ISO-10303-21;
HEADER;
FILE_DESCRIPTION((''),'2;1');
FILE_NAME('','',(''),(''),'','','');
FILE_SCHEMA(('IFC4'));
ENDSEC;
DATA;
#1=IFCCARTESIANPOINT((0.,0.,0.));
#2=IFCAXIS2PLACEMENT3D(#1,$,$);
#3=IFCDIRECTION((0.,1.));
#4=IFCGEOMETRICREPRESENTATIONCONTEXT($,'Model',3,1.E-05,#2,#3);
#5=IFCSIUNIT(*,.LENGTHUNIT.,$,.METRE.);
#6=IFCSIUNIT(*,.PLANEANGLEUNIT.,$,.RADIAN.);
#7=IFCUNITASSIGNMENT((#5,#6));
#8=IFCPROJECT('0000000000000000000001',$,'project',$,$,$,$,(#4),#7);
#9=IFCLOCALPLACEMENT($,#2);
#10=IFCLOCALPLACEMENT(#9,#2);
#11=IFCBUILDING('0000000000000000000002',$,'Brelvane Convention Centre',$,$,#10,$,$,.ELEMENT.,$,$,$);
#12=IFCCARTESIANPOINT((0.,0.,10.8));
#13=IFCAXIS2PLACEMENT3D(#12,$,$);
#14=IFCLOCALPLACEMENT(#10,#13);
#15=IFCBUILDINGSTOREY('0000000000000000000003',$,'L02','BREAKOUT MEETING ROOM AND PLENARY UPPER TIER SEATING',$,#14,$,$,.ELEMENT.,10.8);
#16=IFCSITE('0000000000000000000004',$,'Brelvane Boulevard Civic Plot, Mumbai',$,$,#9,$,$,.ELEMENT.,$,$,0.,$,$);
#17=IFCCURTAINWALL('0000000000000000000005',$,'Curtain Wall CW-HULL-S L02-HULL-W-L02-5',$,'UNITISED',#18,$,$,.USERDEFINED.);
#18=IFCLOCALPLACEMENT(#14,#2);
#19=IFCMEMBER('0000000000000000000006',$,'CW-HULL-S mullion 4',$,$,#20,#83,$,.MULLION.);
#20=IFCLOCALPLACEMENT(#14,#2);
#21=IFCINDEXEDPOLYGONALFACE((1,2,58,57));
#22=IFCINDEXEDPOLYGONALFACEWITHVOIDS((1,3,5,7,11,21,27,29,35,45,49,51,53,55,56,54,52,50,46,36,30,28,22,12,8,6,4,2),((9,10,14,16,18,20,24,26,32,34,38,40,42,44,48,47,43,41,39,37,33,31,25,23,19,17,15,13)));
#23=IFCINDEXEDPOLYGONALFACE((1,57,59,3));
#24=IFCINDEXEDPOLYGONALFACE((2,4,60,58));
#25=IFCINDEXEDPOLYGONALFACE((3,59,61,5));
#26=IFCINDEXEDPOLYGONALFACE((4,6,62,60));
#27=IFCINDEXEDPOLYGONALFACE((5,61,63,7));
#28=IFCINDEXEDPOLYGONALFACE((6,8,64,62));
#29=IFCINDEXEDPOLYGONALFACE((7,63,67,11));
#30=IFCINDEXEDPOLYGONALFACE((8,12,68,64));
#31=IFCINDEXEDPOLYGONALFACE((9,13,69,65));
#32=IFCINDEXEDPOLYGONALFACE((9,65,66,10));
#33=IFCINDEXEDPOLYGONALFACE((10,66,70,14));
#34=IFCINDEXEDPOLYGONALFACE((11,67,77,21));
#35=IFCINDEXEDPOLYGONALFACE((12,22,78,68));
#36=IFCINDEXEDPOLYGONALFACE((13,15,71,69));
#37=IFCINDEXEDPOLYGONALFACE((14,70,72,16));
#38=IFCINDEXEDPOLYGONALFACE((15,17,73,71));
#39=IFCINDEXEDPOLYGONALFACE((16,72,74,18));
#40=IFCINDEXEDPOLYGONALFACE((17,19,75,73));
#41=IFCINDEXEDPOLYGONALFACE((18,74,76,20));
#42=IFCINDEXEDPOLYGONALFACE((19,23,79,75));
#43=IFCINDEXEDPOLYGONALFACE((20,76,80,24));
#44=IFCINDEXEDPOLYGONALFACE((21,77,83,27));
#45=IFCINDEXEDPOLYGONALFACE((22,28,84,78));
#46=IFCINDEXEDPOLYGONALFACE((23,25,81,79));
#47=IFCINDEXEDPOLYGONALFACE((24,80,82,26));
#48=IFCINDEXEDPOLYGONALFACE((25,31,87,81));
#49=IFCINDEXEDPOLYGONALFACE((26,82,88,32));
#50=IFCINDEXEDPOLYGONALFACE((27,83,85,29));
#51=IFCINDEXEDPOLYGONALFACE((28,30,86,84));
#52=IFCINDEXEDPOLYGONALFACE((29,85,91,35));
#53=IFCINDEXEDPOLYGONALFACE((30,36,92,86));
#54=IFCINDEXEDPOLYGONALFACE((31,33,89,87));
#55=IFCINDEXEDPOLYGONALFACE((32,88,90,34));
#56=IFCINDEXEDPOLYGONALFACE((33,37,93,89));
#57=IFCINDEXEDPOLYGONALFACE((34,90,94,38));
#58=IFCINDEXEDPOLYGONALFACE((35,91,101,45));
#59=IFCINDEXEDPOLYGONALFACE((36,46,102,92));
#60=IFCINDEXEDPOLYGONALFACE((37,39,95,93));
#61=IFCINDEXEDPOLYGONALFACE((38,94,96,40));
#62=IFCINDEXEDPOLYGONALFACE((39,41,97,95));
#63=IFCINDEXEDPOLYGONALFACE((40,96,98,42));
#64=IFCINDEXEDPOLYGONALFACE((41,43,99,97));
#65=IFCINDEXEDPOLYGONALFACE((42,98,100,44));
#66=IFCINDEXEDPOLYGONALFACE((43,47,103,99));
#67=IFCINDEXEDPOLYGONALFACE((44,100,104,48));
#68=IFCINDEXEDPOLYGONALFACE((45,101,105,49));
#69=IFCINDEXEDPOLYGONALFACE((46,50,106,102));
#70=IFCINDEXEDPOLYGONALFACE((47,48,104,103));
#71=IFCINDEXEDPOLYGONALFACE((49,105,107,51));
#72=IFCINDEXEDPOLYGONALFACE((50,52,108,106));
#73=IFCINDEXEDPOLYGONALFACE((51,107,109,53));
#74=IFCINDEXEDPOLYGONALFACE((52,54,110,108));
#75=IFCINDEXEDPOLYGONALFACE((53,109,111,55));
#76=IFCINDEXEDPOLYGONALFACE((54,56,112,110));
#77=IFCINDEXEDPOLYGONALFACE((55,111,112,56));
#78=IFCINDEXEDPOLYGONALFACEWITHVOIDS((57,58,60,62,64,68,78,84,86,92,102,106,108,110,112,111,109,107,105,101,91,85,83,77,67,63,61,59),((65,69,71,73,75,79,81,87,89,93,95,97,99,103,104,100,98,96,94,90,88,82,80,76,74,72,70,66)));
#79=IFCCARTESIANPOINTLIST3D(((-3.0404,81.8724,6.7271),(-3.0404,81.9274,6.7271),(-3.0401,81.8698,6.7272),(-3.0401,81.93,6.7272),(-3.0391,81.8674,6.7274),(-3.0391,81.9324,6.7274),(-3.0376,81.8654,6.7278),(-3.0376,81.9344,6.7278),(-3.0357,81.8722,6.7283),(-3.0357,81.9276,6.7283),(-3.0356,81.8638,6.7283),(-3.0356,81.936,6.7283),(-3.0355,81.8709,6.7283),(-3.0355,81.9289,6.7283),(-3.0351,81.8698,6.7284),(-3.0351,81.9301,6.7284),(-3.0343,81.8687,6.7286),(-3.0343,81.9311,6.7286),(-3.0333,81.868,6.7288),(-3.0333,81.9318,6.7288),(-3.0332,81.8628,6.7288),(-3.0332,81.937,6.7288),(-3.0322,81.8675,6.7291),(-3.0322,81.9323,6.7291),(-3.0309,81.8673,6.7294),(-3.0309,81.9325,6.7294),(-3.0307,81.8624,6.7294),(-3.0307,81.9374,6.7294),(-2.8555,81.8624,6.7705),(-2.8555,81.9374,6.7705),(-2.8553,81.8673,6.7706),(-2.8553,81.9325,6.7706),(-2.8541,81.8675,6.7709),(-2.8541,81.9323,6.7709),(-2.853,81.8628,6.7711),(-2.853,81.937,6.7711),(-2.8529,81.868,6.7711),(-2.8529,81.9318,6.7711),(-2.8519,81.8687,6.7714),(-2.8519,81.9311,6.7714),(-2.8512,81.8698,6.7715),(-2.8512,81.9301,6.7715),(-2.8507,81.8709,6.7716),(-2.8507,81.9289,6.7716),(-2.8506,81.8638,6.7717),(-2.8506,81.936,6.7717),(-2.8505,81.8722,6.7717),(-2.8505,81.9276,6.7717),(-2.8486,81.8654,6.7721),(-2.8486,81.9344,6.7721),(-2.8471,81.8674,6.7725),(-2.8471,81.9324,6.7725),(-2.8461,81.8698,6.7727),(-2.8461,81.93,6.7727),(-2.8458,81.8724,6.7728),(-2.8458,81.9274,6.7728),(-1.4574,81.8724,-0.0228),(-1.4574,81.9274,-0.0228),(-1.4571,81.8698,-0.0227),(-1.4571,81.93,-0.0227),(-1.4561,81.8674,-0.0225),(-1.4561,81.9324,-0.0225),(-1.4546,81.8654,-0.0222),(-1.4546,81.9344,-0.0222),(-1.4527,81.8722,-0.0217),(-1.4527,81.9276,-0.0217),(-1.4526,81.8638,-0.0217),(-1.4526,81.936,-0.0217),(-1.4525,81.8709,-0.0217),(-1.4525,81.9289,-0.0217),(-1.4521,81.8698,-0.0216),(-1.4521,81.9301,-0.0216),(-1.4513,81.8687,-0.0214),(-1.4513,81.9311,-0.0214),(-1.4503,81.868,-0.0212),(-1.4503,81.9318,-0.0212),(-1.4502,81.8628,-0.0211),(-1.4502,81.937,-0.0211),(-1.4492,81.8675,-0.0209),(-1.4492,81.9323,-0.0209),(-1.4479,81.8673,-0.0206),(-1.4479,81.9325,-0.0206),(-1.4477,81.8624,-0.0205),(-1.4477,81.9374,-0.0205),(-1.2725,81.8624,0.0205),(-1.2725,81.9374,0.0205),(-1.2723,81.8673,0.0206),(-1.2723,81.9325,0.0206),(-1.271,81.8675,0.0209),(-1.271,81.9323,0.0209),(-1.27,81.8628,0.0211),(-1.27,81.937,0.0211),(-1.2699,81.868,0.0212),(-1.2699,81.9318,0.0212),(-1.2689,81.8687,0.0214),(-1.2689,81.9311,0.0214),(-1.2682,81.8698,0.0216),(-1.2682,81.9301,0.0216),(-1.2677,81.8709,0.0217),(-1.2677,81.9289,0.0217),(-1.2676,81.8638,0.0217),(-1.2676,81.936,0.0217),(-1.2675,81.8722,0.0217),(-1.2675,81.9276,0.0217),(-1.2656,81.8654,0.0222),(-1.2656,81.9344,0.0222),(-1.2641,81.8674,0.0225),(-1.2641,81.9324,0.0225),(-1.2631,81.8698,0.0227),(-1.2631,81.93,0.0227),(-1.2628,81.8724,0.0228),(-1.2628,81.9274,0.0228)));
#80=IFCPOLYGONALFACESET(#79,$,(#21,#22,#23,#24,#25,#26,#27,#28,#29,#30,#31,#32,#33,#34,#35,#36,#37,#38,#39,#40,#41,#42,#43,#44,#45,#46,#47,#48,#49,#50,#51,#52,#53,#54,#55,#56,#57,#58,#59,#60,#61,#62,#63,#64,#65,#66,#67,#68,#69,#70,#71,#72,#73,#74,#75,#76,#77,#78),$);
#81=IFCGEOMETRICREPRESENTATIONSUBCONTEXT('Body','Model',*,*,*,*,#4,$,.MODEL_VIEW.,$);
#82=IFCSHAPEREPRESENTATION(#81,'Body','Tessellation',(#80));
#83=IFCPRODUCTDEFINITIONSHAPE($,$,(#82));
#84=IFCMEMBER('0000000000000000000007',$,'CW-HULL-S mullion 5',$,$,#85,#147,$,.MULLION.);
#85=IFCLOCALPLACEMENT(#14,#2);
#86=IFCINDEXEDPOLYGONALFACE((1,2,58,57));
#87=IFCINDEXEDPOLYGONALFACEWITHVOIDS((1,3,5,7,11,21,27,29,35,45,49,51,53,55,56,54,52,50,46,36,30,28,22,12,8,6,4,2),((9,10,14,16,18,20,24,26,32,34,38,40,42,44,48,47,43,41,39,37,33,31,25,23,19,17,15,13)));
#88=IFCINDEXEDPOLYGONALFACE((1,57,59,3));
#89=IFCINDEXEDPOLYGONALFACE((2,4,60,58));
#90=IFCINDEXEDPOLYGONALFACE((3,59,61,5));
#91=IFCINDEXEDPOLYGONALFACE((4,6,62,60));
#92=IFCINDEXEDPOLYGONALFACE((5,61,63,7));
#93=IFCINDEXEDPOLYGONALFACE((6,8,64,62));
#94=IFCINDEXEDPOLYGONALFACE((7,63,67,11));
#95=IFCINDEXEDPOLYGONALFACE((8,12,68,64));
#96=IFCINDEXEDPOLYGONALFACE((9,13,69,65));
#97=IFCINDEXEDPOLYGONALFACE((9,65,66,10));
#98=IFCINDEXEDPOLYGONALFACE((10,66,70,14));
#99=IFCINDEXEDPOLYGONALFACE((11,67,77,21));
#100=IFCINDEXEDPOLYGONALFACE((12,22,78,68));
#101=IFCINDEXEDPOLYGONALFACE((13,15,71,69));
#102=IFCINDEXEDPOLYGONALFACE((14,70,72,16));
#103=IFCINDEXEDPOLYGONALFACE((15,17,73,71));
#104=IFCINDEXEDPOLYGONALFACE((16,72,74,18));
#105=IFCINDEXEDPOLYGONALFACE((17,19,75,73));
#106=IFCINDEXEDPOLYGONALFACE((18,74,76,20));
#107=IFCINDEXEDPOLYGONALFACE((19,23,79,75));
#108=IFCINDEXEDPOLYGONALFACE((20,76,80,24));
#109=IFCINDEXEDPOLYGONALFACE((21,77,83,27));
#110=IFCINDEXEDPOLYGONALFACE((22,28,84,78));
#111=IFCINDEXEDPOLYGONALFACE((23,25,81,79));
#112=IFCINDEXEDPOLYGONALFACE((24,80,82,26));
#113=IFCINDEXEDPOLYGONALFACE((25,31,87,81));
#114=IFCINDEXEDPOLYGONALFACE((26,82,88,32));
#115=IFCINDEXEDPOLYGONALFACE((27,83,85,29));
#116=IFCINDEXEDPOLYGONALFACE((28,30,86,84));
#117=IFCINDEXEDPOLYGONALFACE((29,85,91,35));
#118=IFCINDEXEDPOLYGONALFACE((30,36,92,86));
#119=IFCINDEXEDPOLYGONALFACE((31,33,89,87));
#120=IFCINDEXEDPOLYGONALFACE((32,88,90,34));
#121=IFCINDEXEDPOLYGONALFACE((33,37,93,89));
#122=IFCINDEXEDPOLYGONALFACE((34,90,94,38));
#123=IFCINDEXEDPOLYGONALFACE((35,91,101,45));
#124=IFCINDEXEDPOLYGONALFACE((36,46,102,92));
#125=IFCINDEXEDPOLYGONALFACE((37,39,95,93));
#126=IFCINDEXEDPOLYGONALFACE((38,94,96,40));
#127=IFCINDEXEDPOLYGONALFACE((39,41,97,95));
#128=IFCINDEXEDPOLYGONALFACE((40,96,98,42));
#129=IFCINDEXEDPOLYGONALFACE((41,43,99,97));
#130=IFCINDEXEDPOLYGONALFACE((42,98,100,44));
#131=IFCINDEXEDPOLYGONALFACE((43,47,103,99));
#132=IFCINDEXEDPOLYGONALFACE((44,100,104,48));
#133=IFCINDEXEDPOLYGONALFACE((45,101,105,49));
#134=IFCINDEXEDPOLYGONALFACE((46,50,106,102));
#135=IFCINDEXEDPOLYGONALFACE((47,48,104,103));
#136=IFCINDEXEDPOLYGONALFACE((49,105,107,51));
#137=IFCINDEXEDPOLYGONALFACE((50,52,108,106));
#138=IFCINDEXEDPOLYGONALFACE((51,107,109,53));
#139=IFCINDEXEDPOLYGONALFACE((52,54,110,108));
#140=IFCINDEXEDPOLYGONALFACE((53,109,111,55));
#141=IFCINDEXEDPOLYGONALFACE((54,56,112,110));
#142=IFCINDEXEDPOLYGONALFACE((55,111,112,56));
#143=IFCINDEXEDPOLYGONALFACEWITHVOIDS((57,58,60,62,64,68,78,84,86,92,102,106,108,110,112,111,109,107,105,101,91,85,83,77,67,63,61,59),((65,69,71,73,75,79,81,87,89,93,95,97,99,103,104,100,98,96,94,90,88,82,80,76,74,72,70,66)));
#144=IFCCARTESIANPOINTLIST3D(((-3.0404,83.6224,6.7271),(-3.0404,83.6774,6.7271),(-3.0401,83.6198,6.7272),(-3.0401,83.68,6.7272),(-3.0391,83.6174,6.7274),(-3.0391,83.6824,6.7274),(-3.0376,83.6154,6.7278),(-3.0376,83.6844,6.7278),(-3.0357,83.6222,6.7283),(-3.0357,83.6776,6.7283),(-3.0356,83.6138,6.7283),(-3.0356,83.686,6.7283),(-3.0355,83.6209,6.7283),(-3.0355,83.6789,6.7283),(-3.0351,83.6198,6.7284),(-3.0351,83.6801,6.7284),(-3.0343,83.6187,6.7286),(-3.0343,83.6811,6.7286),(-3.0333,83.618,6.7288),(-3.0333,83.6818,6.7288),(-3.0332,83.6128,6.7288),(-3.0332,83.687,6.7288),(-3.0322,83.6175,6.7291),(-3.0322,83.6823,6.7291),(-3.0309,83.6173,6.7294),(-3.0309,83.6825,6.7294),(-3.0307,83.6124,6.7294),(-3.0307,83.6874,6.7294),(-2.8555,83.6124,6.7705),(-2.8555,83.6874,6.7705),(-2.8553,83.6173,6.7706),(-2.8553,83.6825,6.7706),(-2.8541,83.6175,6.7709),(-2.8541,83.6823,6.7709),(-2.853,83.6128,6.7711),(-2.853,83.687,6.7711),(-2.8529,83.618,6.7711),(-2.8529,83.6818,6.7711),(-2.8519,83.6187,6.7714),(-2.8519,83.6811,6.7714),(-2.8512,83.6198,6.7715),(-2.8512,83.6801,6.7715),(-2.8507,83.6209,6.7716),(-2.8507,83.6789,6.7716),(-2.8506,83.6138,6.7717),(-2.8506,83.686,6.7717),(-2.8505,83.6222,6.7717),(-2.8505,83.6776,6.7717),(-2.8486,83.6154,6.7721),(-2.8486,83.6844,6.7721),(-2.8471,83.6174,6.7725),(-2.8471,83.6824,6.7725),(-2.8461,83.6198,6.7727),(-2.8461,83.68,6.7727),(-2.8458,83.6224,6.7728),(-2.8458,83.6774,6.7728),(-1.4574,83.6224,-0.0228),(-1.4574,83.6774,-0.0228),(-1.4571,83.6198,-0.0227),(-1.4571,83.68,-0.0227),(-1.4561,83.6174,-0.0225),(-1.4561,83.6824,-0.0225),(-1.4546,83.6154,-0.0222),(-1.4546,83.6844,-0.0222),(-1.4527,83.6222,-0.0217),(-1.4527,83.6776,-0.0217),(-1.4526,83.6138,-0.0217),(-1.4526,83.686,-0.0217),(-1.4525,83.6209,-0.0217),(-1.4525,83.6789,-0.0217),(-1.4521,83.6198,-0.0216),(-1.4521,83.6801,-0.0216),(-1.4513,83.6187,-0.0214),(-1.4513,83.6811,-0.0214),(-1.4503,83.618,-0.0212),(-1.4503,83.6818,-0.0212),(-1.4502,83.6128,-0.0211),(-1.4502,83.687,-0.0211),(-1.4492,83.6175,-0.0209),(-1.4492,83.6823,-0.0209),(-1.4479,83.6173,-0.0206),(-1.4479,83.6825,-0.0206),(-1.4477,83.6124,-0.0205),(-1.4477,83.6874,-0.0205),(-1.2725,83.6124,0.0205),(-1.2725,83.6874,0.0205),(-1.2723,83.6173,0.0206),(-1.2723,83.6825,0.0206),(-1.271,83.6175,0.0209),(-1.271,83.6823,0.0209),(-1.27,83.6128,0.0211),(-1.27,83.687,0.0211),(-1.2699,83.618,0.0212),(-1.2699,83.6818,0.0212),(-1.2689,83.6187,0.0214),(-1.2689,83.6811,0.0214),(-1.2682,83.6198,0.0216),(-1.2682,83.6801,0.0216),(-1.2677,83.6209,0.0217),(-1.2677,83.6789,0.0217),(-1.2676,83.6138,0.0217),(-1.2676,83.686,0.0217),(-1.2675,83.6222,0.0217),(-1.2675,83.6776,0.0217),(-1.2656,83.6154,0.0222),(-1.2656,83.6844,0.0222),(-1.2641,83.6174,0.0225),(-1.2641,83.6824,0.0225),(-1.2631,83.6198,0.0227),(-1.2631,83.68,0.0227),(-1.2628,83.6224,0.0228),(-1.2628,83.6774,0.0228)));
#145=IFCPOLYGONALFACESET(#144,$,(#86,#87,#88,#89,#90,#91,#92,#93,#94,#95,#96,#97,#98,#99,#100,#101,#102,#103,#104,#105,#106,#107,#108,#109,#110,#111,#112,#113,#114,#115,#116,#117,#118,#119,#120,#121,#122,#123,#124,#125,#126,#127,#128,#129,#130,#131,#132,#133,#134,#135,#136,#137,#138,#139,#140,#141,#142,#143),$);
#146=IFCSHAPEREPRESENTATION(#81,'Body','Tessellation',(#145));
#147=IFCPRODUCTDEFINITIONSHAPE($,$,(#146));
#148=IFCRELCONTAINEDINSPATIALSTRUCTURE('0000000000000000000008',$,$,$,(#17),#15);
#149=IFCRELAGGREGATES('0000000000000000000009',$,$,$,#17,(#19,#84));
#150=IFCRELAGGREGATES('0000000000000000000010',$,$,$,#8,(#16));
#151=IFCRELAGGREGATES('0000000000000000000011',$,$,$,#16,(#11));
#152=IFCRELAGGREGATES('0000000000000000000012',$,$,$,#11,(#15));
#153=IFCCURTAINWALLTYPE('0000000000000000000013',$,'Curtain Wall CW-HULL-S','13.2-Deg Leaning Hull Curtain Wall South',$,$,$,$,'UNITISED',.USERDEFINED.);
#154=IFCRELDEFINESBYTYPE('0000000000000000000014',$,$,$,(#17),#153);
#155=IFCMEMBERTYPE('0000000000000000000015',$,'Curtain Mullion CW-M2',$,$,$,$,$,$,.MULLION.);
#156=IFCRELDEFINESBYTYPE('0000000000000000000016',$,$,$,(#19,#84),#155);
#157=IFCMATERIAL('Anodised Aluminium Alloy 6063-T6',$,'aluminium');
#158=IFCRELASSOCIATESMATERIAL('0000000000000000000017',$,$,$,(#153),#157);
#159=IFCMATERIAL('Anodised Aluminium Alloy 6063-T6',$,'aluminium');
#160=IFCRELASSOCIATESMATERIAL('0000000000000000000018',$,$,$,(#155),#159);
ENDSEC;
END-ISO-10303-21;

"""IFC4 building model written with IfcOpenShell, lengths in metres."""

from ifc_helpers import new_model, si_unit, direction, frame, origin, origin_2d, place, context, subcontext, project, spatial, hollow_rectangle, extrude, material, material_profile, profile_set, type_object, element, aggregate, save


model = new_model("IFC4")

# Units and contexts
model_context = context("Model", 3, precision=1e-05, world=origin(), true_north=direction((0.0, 1.0)))
body_context = subcontext(model_context, "Body", "Model", "MODEL_VIEW")
ifc_project = project(units=[si_unit("LENGTHUNIT", "METRE"), si_unit("PLANEANGLEUNIT", "RADIAN")], contexts=[model_context])

# Site, building, storey
site_placement = place(None, origin())
site = spatial("IfcSite", under=ifc_project, at=site_placement, Name="Brelvane Boulevard Civic Plot, Mumbai", CompositionType="ELEMENT", RefElevation=0.0)
building_placement = place(site_placement, origin())
building = spatial("IfcBuilding", under=site, at=building_placement, Name="Brelvane Convention Centre", CompositionType="ELEMENT")
storey_placement = place(building_placement, frame((0.0, 0.0, 10.8)))
storey = spatial("IfcBuildingStorey", under=building, at=storey_placement, Name="L02", Description="BREAKOUT MEETING ROOM AND PLENARY UPPER TIER SEATING", CompositionType="ELEMENT", Elevation=10.8)

# Curtain wall, members
ifc_material_1 = material(Name="Anodised Aluminium Alloy 6063-T6", Category="aluminium")
curtain_wall_type = type_object("IfcCurtainWallType", Name="Curtain Wall CW-HULL-S", Description="13.2-Deg Leaning Hull Curtain Wall South", ElementType="UNITISED", PredefinedType="USERDEFINED", material=ifc_material_1)
curtain_wall_placement = place(storey_placement, origin())
curtain_wall = element("IfcCurtainWall", 1, at=curtain_wall_placement, inside=storey, type_object=curtain_wall_type, Name="Curtain Wall CW-HULL-S L02-HULL-W-L02-5", ObjectType="UNITISED", PredefinedType="USERDEFINED")
ifc_material_2 = material(Name="Anodised Aluminium Alloy 6063-T6", Category="aluminium")
ifc_material_profile_1 = material_profile(ifc_material_2, hollow_rectangle(XDim=0.075, YDim=0.2, WallThickness=0.0049, InnerFilletRadius=0.0049, OuterFilletRadius=0.01, at=origin_2d()), Name="ALU-M 200x75x5.0")
ifc_profile_set_1 = profile_set([ifc_material_profile_1], Name="Anodised Aluminium Alloy 6063-T6")
member_type_1 = type_object("IfcMemberType", Name="Curtain Mullion CW-M2", PredefinedType="MULLION", material=ifc_profile_set_1)
member_1_placement = place(storey_placement, frame((-1.3601, 81.8999, 0.0), z_axis=(-0.228325, 0.0, 0.973585), x_axis=(0.0, -1.0, 0.0)))
member_1 = element("IfcMember", 2, at=member_1_placement, type_object=member_type_1, Name="CW-HULL-S mullion 4", PredefinedType="MULLION", context=body_context, shape_type="SweptSolid", body=[
    extrude(hollow_rectangle(XDim=0.075, YDim=0.2, WallThickness=0.0049, InnerFilletRadius=0.0049, OuterFilletRadius=0.01, at=origin_2d()), origin(), (0.0, 0.0, 1.0), 6.9331),
])
member_2_placement = place(storey_placement, frame((-1.3601, 83.6499, 0.0), z_axis=(-0.228325, 0.0, 0.973585), x_axis=(0.0, -1.0, 0.0)))
member_2 = element("IfcMember", 3, at=member_2_placement, type_object=member_type_1, Name="CW-HULL-S mullion 5", PredefinedType="MULLION", context=body_context, shape_type="SweptSolid", body=[
    extrude(hollow_rectangle(XDim=0.075, YDim=0.2, WallThickness=0.0049, InnerFilletRadius=0.0049, OuterFilletRadius=0.01, at=origin_2d()), origin(), (0.0, 0.0, 1.0), 6.9331),
])
aggregate(curtain_wall, [member_1, member_2])

save(model, "model.ifc")
